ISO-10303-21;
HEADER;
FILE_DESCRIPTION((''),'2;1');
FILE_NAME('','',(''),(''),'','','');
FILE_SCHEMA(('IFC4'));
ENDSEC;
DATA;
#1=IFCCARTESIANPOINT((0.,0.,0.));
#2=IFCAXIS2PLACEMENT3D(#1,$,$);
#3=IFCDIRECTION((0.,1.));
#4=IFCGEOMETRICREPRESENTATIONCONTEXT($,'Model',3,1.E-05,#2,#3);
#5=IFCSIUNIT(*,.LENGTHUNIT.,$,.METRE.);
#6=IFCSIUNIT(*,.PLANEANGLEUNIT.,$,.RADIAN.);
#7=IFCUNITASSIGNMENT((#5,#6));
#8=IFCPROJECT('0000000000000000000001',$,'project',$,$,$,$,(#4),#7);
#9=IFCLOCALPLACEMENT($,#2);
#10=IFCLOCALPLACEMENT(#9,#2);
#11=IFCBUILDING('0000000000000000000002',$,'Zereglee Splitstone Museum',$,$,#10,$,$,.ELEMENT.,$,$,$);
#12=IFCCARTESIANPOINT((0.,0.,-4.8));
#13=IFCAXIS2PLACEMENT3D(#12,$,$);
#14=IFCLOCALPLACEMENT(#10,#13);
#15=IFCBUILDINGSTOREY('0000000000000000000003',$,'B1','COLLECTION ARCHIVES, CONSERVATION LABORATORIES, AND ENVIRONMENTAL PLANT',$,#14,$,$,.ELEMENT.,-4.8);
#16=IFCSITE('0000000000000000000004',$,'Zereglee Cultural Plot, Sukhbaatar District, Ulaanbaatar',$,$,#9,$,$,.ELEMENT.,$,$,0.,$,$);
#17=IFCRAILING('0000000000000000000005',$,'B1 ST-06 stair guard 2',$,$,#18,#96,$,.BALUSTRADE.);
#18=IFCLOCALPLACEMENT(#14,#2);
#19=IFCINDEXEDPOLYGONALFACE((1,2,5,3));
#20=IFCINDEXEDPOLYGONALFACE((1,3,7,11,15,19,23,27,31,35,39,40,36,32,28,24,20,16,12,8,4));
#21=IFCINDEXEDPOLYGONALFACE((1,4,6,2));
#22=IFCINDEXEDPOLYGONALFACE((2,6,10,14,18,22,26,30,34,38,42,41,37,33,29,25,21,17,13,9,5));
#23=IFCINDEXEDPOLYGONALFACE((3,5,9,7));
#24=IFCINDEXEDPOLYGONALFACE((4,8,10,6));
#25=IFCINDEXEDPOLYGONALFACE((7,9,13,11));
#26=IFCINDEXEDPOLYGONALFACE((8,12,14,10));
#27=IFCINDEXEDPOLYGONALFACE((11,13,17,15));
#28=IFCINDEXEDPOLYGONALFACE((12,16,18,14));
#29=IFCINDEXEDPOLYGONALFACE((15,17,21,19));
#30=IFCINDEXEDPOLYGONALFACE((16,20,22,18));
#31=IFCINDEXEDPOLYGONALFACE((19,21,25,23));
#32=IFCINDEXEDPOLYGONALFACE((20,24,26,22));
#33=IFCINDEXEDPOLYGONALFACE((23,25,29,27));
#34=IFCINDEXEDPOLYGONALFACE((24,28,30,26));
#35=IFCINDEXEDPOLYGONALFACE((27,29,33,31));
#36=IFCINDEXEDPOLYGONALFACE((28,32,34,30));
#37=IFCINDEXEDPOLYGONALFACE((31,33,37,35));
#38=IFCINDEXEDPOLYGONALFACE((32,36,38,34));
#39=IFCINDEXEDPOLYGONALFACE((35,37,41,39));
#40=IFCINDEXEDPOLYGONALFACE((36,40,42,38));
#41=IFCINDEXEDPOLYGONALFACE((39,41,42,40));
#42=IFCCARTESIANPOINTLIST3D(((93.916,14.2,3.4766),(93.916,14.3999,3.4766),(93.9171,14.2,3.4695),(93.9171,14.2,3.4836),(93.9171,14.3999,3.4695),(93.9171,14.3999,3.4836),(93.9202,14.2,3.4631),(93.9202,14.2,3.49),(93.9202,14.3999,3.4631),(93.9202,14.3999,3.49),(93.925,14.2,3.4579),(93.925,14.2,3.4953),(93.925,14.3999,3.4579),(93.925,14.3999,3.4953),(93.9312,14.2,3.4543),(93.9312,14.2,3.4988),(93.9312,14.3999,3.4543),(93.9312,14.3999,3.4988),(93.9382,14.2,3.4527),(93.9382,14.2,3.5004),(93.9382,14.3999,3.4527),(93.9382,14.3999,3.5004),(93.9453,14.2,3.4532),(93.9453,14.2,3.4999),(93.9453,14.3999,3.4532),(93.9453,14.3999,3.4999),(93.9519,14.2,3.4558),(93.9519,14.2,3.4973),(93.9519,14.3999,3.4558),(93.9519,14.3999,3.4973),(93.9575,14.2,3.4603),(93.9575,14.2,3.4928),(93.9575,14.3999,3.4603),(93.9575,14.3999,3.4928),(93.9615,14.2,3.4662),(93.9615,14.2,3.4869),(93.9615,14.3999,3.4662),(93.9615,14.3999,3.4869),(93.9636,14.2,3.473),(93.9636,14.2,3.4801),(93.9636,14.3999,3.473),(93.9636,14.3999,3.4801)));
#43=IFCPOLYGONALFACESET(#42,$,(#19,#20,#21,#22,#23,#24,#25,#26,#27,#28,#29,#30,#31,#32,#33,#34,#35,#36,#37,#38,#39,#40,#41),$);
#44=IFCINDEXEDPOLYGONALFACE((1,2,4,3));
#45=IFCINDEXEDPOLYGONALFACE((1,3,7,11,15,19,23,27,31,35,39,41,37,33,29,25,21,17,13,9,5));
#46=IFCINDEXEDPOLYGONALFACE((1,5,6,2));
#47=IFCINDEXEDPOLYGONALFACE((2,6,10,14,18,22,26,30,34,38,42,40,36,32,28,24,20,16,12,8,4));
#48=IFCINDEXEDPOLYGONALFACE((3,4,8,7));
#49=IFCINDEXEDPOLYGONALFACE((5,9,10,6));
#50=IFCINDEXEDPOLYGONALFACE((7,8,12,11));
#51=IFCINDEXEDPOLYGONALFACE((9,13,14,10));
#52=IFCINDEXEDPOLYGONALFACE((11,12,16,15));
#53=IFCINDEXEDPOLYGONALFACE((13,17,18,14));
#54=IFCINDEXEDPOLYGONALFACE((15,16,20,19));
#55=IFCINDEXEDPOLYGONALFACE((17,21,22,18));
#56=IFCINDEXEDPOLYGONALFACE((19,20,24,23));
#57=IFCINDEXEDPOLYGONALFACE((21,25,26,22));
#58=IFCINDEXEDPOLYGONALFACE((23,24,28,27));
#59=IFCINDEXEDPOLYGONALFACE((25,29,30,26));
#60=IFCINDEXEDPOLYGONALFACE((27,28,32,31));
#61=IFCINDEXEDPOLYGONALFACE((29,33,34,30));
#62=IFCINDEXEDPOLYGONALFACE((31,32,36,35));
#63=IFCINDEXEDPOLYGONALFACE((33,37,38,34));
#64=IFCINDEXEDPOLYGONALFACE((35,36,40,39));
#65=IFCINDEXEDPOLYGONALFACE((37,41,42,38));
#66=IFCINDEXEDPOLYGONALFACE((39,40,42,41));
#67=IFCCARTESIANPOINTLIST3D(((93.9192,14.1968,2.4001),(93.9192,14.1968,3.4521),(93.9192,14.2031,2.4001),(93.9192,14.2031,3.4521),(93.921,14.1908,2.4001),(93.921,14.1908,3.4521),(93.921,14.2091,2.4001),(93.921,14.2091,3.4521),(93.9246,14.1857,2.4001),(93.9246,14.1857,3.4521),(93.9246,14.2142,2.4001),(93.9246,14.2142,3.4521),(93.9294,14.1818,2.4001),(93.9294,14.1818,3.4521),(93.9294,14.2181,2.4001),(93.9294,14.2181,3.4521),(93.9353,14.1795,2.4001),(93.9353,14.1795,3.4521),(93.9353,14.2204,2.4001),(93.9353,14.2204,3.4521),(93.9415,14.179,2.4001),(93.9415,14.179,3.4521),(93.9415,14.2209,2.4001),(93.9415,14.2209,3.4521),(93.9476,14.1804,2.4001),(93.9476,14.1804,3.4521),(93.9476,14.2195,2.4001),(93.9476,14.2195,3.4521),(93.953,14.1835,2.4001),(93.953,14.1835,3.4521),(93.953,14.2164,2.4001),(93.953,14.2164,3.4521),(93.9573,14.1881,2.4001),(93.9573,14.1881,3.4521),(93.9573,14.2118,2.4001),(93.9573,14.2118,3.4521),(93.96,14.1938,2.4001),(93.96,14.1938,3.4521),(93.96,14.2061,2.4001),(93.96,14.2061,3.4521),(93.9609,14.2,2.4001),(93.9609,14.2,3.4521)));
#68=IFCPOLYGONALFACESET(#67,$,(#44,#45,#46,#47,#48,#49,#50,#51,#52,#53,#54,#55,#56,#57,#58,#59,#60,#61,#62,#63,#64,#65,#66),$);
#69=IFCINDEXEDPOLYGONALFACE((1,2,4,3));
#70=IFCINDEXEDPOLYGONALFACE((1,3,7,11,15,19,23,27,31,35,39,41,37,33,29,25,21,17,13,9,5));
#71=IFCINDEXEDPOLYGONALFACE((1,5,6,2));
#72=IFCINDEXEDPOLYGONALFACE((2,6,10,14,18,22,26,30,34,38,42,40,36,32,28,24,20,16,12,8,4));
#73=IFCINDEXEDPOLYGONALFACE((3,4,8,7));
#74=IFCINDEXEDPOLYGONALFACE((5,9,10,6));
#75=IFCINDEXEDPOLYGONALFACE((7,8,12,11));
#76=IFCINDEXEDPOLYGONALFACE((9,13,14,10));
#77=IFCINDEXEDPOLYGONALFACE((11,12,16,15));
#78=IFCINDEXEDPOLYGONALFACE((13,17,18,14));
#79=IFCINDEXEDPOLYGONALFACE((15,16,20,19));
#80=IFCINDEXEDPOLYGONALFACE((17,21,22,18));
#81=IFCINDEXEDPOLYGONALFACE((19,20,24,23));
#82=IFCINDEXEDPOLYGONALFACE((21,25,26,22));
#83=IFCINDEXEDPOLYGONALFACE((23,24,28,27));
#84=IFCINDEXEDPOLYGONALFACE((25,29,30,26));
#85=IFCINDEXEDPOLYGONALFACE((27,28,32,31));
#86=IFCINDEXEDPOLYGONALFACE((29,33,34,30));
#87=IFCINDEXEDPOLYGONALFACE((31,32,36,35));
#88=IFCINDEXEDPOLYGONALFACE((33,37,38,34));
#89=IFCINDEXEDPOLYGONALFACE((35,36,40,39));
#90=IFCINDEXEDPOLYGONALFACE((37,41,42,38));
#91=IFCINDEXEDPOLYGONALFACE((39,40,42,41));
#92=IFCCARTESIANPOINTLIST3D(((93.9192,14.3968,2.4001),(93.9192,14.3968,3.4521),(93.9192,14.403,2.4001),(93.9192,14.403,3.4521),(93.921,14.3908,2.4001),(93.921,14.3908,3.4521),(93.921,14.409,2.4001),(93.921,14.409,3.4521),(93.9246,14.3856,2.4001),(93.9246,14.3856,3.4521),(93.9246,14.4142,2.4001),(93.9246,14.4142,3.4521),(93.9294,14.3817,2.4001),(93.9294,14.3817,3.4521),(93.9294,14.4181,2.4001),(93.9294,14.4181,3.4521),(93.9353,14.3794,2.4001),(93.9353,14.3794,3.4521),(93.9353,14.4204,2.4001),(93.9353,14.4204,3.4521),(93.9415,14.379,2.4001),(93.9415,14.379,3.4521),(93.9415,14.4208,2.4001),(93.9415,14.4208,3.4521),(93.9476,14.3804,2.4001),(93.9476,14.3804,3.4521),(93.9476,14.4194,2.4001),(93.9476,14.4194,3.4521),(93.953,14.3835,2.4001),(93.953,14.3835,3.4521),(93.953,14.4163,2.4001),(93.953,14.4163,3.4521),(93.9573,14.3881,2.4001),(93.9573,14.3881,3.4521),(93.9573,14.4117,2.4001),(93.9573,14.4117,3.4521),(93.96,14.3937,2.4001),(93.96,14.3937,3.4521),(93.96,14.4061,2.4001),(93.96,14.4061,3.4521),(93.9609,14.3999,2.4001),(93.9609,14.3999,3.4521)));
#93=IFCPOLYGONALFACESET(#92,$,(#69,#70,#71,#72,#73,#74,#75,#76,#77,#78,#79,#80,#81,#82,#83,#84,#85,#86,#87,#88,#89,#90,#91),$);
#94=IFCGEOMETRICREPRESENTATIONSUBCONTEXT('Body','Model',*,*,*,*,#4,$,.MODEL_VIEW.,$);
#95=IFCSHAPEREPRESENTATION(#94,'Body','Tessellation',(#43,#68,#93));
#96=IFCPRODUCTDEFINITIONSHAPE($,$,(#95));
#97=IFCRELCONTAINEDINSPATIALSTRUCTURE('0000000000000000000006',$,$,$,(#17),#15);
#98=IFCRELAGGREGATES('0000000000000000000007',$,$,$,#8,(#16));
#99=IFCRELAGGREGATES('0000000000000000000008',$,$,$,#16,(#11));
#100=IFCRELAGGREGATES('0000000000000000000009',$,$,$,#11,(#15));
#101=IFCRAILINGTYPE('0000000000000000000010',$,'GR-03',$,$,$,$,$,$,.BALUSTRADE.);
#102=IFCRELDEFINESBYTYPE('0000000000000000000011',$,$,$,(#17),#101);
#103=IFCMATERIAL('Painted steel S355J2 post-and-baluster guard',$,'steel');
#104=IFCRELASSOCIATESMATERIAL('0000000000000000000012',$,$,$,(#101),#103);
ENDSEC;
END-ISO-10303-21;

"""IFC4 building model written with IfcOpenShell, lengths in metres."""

from ifc_helpers import new_model, si_unit, direction, frame, origin, origin_2d, place, context, subcontext, project, spatial, circle, extrude, material, type_object, element, save


model = new_model("IFC4")

# Units and contexts
model_context = context("Model", 3, precision=1e-05, world=origin(), true_north=direction((0.0, 1.0)))
body_context = subcontext(model_context, "Body", "Model", "MODEL_VIEW")
ifc_project = project(units=[si_unit("LENGTHUNIT", "METRE"), si_unit("PLANEANGLEUNIT", "RADIAN")], contexts=[model_context])

# Site, building, storey
site_placement = place(None, origin())
site = spatial("IfcSite", under=ifc_project, at=site_placement, Name="Zereglee Cultural Plot, Sukhbaatar District, Ulaanbaatar", CompositionType="ELEMENT", RefElevation=0.0)
building_placement = place(site_placement, origin())
building = spatial("IfcBuilding", under=site, at=building_placement, Name="Zereglee Splitstone Museum", CompositionType="ELEMENT")
storey_placement = place(building_placement, frame((0.0, 0.0, -4.8)))
storey = spatial("IfcBuildingStorey", under=building, at=storey_placement, Name="B1", Description="COLLECTION ARCHIVES, CONSERVATION LABORATORIES, AND ENVIRONMENTAL PLANT", CompositionType="ELEMENT", Elevation=-4.8)

# Railing
ifc_material_1 = material(Name="Painted steel S355J2 post-and-baluster guard", Category="steel")
railing_type_1 = type_object("IfcRailingType", Name="GR-03", PredefinedType="BALUSTRADE", material=ifc_material_1)
railing_1_placement = place(storey_placement, frame((93.9399, 14.2, 2.4001)))
element("IfcRailing", 1, at=railing_1_placement, inside=storey, type_object=railing_type_1, Name="B1 ST-06 stair guard 2", PredefinedType="BALUSTRADE", context=body_context, shape_type="SweptSolid", body=[
    extrude(circle(Radius=0.0239, at=origin_2d()), frame((0.0, 0.0, 1.0764), z_axis=(0.0, 1.0, 0.0), x_axis=(-1.0, 0.0, 0.0)), (0.0, 0.0, 1.0), 0.2),
    extrude(circle(Radius=0.021, at=origin_2d()), origin(), (0.0, 0.0, 1.0), 1.052),
    extrude(circle(Radius=0.021, at=origin_2d()), frame((0.0, 0.2, 0.0)), (0.0, 0.0, 1.0), 1.052),
])

save(model, "model.ifc")
